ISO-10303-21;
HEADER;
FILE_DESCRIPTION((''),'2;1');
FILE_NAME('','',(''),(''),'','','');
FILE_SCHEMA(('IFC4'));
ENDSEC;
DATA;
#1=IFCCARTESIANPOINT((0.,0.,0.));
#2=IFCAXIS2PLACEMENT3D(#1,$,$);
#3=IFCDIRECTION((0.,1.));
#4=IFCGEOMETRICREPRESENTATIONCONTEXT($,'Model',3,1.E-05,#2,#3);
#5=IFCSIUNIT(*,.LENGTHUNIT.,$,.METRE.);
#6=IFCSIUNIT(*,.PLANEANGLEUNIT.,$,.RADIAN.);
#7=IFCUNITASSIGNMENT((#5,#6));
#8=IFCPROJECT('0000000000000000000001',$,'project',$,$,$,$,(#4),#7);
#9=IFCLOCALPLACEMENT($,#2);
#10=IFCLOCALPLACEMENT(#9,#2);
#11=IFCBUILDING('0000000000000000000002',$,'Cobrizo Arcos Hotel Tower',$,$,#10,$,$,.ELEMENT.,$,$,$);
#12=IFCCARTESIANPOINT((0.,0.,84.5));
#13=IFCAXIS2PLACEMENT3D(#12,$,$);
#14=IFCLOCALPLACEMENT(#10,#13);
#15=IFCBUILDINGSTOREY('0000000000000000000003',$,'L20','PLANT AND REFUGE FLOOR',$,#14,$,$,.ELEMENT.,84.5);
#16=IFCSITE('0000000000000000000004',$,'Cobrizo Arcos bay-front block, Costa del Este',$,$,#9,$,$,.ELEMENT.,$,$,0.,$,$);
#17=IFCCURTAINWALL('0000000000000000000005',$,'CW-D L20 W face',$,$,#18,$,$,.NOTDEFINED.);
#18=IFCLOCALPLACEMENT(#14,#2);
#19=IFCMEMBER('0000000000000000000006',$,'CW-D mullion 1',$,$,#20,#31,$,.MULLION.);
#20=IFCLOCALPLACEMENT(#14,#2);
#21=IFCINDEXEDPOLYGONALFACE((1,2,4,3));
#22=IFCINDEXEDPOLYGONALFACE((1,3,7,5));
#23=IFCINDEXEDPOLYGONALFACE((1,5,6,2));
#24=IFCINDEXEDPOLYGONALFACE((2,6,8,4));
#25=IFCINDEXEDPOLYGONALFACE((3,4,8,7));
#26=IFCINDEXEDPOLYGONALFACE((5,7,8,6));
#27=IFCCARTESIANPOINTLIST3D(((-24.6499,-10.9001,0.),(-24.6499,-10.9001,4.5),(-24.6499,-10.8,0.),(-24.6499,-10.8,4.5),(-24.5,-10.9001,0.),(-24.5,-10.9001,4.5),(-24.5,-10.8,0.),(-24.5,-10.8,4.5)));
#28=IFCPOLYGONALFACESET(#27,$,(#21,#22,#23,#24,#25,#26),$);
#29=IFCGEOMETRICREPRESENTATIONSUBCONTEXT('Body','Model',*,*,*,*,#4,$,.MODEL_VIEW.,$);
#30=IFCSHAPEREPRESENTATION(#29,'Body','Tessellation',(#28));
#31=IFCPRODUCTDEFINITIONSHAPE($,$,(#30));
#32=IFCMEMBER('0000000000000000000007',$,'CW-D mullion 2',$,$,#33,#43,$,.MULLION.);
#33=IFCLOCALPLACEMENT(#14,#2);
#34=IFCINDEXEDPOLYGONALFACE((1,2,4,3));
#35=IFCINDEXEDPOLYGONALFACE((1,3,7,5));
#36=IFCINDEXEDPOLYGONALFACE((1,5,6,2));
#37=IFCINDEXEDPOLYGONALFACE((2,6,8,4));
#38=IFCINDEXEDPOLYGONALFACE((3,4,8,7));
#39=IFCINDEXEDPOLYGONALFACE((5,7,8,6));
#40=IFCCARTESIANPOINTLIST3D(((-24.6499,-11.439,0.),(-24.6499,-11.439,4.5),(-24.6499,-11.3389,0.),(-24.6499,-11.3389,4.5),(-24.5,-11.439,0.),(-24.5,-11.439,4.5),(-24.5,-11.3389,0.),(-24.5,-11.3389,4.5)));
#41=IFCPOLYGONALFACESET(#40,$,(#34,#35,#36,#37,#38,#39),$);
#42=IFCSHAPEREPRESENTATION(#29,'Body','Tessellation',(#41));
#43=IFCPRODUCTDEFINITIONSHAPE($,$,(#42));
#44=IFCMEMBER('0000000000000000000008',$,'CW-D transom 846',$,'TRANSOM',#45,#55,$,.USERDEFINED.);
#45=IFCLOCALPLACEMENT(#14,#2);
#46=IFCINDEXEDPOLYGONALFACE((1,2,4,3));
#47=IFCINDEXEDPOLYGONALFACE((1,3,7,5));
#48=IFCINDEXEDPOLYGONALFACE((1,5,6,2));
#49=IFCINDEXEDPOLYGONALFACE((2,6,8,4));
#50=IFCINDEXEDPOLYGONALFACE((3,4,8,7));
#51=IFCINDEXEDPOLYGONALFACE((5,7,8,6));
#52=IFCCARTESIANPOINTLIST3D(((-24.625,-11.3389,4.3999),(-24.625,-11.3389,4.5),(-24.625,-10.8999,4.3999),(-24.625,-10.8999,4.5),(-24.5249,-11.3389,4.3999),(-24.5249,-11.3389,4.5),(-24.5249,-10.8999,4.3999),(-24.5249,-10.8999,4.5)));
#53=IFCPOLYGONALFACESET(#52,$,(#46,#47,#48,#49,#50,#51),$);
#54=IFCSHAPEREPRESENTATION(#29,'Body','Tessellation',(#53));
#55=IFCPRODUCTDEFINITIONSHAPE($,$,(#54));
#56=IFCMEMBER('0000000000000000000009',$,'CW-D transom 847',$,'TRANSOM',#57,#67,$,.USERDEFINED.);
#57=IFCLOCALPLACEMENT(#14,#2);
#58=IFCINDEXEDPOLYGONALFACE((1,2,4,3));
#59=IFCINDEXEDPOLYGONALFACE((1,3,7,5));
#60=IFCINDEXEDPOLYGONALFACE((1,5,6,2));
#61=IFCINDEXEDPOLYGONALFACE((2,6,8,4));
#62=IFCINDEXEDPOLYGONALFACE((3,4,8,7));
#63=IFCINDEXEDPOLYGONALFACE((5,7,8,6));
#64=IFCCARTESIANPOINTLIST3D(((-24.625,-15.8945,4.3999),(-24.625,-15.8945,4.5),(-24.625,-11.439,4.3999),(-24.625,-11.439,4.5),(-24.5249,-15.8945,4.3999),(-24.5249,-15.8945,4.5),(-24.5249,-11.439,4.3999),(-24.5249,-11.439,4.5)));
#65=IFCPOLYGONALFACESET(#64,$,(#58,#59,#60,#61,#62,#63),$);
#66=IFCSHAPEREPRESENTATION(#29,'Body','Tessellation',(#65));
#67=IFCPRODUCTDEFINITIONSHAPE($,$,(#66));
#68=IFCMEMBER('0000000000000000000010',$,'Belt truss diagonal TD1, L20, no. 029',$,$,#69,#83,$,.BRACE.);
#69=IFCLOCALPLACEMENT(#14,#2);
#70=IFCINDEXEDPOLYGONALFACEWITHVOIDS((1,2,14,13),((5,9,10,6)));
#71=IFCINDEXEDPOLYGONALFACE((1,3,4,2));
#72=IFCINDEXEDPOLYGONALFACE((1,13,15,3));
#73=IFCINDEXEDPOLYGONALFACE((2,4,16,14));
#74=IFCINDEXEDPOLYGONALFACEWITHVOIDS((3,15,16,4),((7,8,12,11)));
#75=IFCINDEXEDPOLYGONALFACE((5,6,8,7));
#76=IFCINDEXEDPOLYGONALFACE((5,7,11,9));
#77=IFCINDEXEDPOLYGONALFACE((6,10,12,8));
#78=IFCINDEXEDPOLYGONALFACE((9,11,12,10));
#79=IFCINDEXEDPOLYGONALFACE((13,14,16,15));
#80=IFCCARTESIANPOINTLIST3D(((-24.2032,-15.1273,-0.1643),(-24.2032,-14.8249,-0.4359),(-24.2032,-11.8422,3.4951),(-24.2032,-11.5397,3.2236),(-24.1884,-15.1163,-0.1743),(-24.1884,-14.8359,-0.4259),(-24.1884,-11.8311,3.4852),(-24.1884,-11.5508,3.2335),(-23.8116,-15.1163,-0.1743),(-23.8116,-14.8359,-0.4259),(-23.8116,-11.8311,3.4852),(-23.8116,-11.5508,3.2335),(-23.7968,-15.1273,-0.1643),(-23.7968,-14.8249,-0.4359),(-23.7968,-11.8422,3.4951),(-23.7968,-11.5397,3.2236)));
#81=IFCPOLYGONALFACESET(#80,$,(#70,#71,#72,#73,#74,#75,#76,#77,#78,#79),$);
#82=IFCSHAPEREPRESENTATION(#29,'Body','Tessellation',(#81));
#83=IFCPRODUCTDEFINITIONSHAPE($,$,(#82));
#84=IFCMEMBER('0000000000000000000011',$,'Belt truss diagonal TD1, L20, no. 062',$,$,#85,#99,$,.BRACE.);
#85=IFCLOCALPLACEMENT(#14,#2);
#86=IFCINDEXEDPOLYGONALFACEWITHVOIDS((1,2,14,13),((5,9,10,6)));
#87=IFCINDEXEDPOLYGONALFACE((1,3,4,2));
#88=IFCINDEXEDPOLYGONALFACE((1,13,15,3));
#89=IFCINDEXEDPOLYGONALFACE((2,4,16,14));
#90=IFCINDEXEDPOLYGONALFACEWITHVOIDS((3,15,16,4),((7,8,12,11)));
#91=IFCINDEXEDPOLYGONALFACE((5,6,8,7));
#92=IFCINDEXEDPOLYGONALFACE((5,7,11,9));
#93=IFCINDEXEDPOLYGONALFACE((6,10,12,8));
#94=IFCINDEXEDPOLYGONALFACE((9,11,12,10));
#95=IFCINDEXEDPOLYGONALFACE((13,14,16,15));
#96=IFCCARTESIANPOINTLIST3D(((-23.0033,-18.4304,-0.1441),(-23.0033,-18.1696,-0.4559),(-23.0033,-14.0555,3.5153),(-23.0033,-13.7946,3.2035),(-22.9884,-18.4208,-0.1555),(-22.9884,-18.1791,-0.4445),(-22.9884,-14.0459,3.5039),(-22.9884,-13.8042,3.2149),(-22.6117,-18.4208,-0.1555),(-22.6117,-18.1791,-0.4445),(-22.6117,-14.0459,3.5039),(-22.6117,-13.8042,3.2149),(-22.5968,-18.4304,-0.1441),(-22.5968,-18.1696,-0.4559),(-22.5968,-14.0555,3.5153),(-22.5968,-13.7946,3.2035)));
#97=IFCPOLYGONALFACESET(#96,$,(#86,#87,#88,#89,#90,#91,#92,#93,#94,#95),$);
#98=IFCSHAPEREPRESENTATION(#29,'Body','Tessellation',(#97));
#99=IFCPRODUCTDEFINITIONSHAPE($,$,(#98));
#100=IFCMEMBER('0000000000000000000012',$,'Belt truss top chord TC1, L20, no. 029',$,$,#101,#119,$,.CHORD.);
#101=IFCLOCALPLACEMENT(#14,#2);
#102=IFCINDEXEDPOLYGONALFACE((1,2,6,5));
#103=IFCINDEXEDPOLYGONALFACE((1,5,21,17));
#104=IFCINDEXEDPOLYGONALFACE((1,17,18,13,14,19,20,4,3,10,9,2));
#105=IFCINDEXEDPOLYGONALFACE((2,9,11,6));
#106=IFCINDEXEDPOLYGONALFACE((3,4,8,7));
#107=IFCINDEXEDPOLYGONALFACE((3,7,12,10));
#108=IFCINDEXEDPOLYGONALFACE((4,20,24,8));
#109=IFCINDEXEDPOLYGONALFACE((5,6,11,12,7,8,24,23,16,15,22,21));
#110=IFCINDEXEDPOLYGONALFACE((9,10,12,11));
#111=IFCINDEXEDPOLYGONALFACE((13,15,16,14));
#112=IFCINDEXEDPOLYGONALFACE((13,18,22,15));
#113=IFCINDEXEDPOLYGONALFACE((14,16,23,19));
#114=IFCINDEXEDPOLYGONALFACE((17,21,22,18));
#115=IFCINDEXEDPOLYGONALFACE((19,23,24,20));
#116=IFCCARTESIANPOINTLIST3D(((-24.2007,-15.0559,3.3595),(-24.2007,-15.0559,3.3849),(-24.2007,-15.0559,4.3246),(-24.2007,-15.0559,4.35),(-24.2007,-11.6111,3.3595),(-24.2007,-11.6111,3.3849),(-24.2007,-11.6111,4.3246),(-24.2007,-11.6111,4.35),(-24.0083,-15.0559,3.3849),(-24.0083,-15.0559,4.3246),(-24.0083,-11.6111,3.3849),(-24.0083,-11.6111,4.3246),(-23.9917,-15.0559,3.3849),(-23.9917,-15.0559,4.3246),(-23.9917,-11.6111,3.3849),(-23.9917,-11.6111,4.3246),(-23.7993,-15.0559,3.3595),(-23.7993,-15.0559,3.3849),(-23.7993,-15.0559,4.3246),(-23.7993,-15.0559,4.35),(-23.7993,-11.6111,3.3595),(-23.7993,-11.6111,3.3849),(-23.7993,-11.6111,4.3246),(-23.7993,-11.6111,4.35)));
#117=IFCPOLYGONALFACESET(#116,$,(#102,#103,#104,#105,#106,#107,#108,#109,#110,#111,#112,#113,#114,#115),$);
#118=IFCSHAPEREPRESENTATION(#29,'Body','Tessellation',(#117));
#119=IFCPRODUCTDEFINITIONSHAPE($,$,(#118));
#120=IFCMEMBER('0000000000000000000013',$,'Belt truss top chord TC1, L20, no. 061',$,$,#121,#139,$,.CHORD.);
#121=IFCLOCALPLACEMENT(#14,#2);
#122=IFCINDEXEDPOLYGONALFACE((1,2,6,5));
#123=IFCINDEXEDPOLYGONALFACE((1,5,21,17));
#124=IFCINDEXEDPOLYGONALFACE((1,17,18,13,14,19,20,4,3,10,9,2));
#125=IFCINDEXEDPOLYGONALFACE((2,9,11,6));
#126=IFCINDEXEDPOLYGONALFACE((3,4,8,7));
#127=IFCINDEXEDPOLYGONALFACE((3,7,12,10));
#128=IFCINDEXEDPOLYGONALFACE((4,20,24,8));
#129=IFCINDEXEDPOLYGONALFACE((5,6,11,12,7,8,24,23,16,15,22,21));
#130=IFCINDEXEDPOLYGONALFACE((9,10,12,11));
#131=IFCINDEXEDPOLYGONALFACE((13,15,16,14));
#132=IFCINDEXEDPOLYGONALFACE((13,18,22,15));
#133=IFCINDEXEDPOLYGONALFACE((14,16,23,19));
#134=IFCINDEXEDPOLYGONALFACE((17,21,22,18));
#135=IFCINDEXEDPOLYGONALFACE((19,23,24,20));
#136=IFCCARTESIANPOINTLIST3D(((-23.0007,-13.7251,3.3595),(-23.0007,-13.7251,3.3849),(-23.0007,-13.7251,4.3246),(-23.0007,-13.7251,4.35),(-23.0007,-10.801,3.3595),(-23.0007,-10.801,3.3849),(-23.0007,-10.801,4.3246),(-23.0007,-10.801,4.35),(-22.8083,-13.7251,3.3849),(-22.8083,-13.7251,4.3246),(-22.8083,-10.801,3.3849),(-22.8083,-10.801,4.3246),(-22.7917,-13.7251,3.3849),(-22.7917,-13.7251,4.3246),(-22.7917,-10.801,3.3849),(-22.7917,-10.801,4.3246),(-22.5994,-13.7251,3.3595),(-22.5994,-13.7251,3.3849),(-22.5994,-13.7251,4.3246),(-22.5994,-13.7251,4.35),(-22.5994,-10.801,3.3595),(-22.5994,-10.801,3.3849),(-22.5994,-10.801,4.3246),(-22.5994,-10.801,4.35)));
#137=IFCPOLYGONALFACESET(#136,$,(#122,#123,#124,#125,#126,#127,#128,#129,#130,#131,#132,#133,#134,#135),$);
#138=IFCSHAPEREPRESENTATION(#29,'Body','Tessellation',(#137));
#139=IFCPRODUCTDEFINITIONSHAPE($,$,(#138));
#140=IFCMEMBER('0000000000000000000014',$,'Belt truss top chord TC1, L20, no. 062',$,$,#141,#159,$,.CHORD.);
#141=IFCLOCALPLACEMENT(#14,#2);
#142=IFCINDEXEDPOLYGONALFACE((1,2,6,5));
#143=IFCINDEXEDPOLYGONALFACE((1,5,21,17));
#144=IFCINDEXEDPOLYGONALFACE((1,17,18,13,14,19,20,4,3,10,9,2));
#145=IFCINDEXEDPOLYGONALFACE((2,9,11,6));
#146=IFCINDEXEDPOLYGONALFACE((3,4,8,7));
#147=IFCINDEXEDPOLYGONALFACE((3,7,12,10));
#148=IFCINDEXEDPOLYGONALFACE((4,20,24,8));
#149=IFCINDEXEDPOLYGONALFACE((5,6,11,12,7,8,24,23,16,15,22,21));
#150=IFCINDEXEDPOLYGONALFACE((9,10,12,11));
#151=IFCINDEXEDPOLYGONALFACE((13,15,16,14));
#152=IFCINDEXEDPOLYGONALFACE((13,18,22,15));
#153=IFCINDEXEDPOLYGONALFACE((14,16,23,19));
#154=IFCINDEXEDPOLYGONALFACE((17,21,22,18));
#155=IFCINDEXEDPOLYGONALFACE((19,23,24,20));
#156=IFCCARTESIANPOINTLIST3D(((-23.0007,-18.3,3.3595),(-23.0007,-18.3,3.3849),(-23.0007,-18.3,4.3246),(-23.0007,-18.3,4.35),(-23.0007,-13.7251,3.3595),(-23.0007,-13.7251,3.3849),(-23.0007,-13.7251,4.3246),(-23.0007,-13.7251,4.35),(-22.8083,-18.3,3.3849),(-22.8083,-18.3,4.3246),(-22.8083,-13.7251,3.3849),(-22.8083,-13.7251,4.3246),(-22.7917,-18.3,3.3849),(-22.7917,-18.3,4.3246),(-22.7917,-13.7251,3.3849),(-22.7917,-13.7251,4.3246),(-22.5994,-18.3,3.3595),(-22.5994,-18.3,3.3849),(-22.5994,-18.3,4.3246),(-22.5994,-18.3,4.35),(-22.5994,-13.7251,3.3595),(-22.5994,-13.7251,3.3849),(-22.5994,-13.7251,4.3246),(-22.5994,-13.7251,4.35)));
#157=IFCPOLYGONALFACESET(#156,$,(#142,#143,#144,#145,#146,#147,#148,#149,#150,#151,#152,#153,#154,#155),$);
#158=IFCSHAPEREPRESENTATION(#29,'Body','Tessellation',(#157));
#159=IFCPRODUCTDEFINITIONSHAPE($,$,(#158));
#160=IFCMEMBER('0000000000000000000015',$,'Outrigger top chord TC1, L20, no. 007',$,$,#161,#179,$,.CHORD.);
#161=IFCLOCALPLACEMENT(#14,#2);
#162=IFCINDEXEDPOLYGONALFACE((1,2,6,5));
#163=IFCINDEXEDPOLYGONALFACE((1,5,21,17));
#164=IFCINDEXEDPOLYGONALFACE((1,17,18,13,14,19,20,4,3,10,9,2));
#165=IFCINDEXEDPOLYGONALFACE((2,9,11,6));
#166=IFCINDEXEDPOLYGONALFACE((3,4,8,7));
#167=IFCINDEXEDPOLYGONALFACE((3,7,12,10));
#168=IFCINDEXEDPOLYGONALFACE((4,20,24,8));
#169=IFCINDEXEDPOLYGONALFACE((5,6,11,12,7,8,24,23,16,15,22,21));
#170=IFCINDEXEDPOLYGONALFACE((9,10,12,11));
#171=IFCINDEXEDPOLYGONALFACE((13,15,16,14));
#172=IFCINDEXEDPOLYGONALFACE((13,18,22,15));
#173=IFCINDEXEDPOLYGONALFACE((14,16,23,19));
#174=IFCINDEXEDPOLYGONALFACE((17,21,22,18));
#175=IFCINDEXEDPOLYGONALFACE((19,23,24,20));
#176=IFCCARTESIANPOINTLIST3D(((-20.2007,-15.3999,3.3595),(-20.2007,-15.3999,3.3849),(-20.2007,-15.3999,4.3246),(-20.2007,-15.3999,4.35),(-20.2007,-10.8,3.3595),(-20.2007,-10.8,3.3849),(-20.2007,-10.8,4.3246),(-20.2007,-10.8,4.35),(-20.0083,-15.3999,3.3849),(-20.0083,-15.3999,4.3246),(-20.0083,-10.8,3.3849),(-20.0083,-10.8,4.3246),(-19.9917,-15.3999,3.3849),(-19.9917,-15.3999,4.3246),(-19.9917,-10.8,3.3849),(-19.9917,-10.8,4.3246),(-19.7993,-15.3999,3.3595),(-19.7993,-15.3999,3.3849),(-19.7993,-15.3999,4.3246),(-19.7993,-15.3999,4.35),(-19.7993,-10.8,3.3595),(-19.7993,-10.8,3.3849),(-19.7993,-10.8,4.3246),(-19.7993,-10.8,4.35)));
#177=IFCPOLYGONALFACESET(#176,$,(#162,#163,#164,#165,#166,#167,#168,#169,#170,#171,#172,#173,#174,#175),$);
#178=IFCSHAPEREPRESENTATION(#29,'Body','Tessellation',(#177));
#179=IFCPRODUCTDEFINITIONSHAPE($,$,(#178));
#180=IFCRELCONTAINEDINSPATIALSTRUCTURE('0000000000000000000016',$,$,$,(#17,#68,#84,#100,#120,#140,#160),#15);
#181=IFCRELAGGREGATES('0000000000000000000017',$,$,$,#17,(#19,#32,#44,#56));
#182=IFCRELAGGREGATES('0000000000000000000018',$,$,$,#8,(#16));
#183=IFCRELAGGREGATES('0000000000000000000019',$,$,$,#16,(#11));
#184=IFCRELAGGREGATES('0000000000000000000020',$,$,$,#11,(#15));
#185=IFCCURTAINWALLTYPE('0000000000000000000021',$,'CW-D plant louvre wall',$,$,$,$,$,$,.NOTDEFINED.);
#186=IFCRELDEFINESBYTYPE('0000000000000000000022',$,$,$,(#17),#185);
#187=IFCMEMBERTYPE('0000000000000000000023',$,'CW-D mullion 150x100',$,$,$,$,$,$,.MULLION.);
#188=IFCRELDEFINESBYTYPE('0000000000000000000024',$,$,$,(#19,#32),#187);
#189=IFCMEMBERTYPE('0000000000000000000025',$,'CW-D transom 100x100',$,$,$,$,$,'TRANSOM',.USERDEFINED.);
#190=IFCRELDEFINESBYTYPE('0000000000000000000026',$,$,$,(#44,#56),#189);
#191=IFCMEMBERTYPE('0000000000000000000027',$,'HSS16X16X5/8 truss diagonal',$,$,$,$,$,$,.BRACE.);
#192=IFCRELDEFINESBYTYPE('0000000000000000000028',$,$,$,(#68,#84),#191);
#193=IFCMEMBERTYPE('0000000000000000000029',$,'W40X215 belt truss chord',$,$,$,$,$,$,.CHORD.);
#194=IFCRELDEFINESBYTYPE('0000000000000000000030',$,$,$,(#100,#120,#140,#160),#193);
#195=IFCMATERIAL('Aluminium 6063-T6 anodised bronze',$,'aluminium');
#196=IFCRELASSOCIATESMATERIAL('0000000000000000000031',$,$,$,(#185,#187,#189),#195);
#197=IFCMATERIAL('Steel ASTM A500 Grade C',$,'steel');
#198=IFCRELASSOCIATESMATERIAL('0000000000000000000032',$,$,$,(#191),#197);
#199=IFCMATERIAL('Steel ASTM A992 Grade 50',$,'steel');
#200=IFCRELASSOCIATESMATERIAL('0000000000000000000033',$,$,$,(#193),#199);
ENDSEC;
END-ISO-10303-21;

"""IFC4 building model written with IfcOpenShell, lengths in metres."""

from ifc_helpers import new_model, si_unit, direction, frame, origin, origin_2d, place, context, subcontext, project, spatial, rectangle, hollow_rectangle, i_section, extrude, material, material_profile, profile_set, type_object, element, aggregate, save


model = new_model("IFC4")

# Units and contexts
model_context = context("Model", 3, precision=1e-05, world=origin(), true_north=direction((0.0, 1.0)))
body_context = subcontext(model_context, "Body", "Model", "MODEL_VIEW")
ifc_project = project(units=[si_unit("LENGTHUNIT", "METRE"), si_unit("PLANEANGLEUNIT", "RADIAN")], contexts=[model_context])

# Site, building, storey
site_placement = place(None, origin())
site = spatial("IfcSite", under=ifc_project, at=site_placement, Name="Cobrizo Arcos bay-front block, Costa del Este", CompositionType="ELEMENT", RefElevation=0.0)
building_placement = place(site_placement, origin())
building = spatial("IfcBuilding", under=site, at=building_placement, Name="Cobrizo Arcos Hotel Tower", CompositionType="ELEMENT")
storey_placement = place(building_placement, frame((0.0, 0.0, 84.5)))
storey = spatial("IfcBuildingStorey", under=building, at=storey_placement, Name="L20", Description="PLANT AND REFUGE FLOOR", CompositionType="ELEMENT", Elevation=84.5)

# Curtain wall, members
ifc_material_1 = material(Name="Aluminium 6063-T6 anodised bronze", Category="aluminium")
curtain_wall_type = type_object("IfcCurtainWallType", Name="CW-D plant louvre wall", PredefinedType="NOTDEFINED", material=ifc_material_1)
curtain_wall_placement = place(storey_placement, origin())
curtain_wall = element("IfcCurtainWall", 1, at=curtain_wall_placement, inside=storey, type_object=curtain_wall_type, Name="CW-D L20 W face", PredefinedType="NOTDEFINED")
ifc_material_profile_1 = material_profile(ifc_material_1, rectangle(XDim=0.1499, YDim=0.1001, at=origin_2d()), Name="CW-D mullion 150x100")
ifc_profile_set_1 = profile_set([ifc_material_profile_1], Name="Aluminium 6063-T6 anodised bronze")
member_type_1 = type_object("IfcMemberType", Name="CW-D mullion 150x100", PredefinedType="MULLION", material=ifc_profile_set_1)
member_1_placement = place(storey_placement, frame((-24.575, -10.8501, 0.0), z_axis=(0.0, 0.0, 1.0), x_axis=(-1.0, 0.0, 0.0)))
member_1 = element("IfcMember", 2, at=member_1_placement, type_object=member_type_1, Name="CW-D mullion 1", PredefinedType="MULLION", context=body_context, shape_type="SweptSolid", body=[
    extrude(rectangle(XDim=0.1499, YDim=0.1001, at=origin_2d()), origin(), (0.0, 0.0, 1.0), 4.5),
])
member_2_placement = place(storey_placement, frame((-24.575, -11.3889, 0.0), z_axis=(0.0, 0.0, 1.0), x_axis=(-1.0, 0.0, 0.0)))
member_2 = element("IfcMember", 3, at=member_2_placement, type_object=member_type_1, Name="CW-D mullion 2", PredefinedType="MULLION", context=body_context, shape_type="SweptSolid", body=[
    extrude(rectangle(XDim=0.1499, YDim=0.1001, at=origin_2d()), origin(), (0.0, 0.0, 1.0), 4.5),
])
ifc_material_profile_2 = material_profile(ifc_material_1, rectangle(XDim=0.1001, YDim=0.1001, at=origin_2d()), Name="CW-D transom 100x100")
ifc_profile_set_2 = profile_set([ifc_material_profile_2], Name="Aluminium 6063-T6 anodised bronze")
member_type_2 = type_object("IfcMemberType", Name="CW-D transom 100x100", ElementType="TRANSOM", PredefinedType="USERDEFINED", material=ifc_profile_set_2)
member_3_placement = place(storey_placement, frame((-24.575, -10.8999, 4.45), z_axis=(0.0, -1.0, 0.0), x_axis=(1.0, 0.0, 0.0)))
member_3 = element("IfcMember", 4, at=member_3_placement, type_object=member_type_2, Name="CW-D transom 846", ObjectType="TRANSOM", PredefinedType="USERDEFINED", context=body_context, shape_type="SweptSolid", body=[
    extrude(rectangle(XDim=0.1001, YDim=0.1001, at=origin_2d()), origin(), (0.0, 0.0, 1.0), 0.439),
])
member_4_placement = place(storey_placement, frame((-24.575, -11.439, 4.45), z_axis=(0.0, -1.0, 0.0), x_axis=(1.0, 0.0, 0.0)))
member_4 = element("IfcMember", 5, at=member_4_placement, type_object=member_type_2, Name="CW-D transom 847", ObjectType="TRANSOM", PredefinedType="USERDEFINED", context=body_context, shape_type="SweptSolid", body=[
    extrude(rectangle(XDim=0.1001, YDim=0.1001, at=origin_2d()), origin(), (0.0, 0.0, 1.0), 4.4556),
])

# Members
ifc_material_2 = material(Name="Steel ASTM A500 Grade C", Category="steel")
ifc_material_profile_3 = material_profile(ifc_material_2, hollow_rectangle(XDim=0.4065, YDim=0.4065, WallThickness=0.0149, at=origin_2d()), Name="HSS16X16X5/8")
ifc_profile_set_3 = profile_set([ifc_material_profile_3], Name="Steel ASTM A500 Grade C")
member_type_3 = type_object("IfcMemberType", Name="HSS16X16X5/8 truss diagonal", PredefinedType="BRACE", material=ifc_profile_set_3)
member_5_placement = place(storey_placement, frame((-24.0, -11.6909, 3.3594), z_axis=(0.0, -0.668029, -0.744135), x_axis=(1.0, 0.0, 0.0)))
element("IfcMember", 6, at=member_5_placement, inside=storey, type_object=member_type_3, Name="Belt truss diagonal TD1, L20, no. 029", PredefinedType="BRACE", context=body_context, shape_type="SweptSolid", body=[
    extrude(hollow_rectangle(XDim=0.4065, YDim=0.4065, WallThickness=0.0149, at=origin_2d()), origin(), (0.0, 0.0, 1.0), 4.9177),
])
member_6_placement = place(storey_placement, frame((-22.8, -13.925, 3.3594), z_axis=(0.0, -0.767048, -0.64159), x_axis=(1.0, 0.0, 0.0)))
element("IfcMember", 7, at=member_6_placement, inside=storey, type_object=member_type_3, Name="Belt truss diagonal TD1, L20, no. 062", PredefinedType="BRACE", context=body_context, shape_type="SweptSolid", body=[
    extrude(hollow_rectangle(XDim=0.4065, YDim=0.4065, WallThickness=0.0149, at=origin_2d()), origin(), (0.0, 0.0, 1.0), 5.7036),
])
ifc_material_3 = material(Name="Steel ASTM A992 Grade 50", Category="steel")
ifc_material_profile_4 = material_profile(ifc_material_3, i_section(OverallWidth=0.4014, OverallDepth=0.9905, WebThickness=0.0166, FlangeThickness=0.0254, at=origin_2d()), Name="W40X215")
ifc_profile_set_4 = profile_set([ifc_material_profile_4], Name="Steel ASTM A992 Grade 50")
member_type_4 = type_object("IfcMemberType", Name="W40X215 belt truss chord", PredefinedType="CHORD", material=ifc_profile_set_4)
member_7_placement = place(storey_placement, frame((-24.0, -11.6111, 3.8547), z_axis=(0.0, -1.0, 0.0), x_axis=(1.0, 0.0, 0.0)))
element("IfcMember", 8, at=member_7_placement, inside=storey, type_object=member_type_4, Name="Belt truss top chord TC1, L20, no. 029", PredefinedType="CHORD", context=body_context, shape_type="SweptSolid", body=[
    extrude(i_section(OverallWidth=0.4014, OverallDepth=0.9905, WebThickness=0.0166, FlangeThickness=0.0254, at=origin_2d()), origin(), (0.0, 0.0, 1.0), 3.4448),
])
member_8_placement = place(storey_placement, frame((-22.8, -10.801, 3.8547), z_axis=(0.0, -1.0, 0.0), x_axis=(1.0, 0.0, 0.0)))
element("IfcMember", 9, at=member_8_placement, inside=storey, type_object=member_type_4, Name="Belt truss top chord TC1, L20, no. 061", PredefinedType="CHORD", context=body_context, shape_type="SweptSolid", body=[
    extrude(i_section(OverallWidth=0.4014, OverallDepth=0.9905, WebThickness=0.0166, FlangeThickness=0.0254, at=origin_2d()), origin(), (0.0, 0.0, 1.0), 2.9241),
])
member_9_placement = place(storey_placement, frame((-22.8, -13.7251, 3.8547), z_axis=(0.0, -1.0, 0.0), x_axis=(1.0, 0.0, 0.0)))
element("IfcMember", 10, at=member_9_placement, inside=storey, type_object=member_type_4, Name="Belt truss top chord TC1, L20, no. 062", PredefinedType="CHORD", context=body_context, shape_type="SweptSolid", body=[
    extrude(i_section(OverallWidth=0.4014, OverallDepth=0.9905, WebThickness=0.0166, FlangeThickness=0.0254, at=origin_2d()), origin(), (0.0, 0.0, 1.0), 4.575),
])
member_10_placement = place(storey_placement, frame((-20.0, -10.8, 3.8547), z_axis=(0.0, -1.0, 0.0), x_axis=(1.0, 0.0, 0.0)))
element("IfcMember", 11, at=member_10_placement, inside=storey, type_object=member_type_4, Name="Outrigger top chord TC1, L20, no. 007", PredefinedType="CHORD", context=body_context, shape_type="SweptSolid", body=[
    extrude(i_section(OverallWidth=0.4014, OverallDepth=0.9905, WebThickness=0.0166, FlangeThickness=0.0254, at=origin_2d()), origin(), (0.0, 0.0, 1.0), 4.5999),
])

aggregate(curtain_wall, [member_1, member_2, member_3, member_4])

save(model, "model.ifc")
